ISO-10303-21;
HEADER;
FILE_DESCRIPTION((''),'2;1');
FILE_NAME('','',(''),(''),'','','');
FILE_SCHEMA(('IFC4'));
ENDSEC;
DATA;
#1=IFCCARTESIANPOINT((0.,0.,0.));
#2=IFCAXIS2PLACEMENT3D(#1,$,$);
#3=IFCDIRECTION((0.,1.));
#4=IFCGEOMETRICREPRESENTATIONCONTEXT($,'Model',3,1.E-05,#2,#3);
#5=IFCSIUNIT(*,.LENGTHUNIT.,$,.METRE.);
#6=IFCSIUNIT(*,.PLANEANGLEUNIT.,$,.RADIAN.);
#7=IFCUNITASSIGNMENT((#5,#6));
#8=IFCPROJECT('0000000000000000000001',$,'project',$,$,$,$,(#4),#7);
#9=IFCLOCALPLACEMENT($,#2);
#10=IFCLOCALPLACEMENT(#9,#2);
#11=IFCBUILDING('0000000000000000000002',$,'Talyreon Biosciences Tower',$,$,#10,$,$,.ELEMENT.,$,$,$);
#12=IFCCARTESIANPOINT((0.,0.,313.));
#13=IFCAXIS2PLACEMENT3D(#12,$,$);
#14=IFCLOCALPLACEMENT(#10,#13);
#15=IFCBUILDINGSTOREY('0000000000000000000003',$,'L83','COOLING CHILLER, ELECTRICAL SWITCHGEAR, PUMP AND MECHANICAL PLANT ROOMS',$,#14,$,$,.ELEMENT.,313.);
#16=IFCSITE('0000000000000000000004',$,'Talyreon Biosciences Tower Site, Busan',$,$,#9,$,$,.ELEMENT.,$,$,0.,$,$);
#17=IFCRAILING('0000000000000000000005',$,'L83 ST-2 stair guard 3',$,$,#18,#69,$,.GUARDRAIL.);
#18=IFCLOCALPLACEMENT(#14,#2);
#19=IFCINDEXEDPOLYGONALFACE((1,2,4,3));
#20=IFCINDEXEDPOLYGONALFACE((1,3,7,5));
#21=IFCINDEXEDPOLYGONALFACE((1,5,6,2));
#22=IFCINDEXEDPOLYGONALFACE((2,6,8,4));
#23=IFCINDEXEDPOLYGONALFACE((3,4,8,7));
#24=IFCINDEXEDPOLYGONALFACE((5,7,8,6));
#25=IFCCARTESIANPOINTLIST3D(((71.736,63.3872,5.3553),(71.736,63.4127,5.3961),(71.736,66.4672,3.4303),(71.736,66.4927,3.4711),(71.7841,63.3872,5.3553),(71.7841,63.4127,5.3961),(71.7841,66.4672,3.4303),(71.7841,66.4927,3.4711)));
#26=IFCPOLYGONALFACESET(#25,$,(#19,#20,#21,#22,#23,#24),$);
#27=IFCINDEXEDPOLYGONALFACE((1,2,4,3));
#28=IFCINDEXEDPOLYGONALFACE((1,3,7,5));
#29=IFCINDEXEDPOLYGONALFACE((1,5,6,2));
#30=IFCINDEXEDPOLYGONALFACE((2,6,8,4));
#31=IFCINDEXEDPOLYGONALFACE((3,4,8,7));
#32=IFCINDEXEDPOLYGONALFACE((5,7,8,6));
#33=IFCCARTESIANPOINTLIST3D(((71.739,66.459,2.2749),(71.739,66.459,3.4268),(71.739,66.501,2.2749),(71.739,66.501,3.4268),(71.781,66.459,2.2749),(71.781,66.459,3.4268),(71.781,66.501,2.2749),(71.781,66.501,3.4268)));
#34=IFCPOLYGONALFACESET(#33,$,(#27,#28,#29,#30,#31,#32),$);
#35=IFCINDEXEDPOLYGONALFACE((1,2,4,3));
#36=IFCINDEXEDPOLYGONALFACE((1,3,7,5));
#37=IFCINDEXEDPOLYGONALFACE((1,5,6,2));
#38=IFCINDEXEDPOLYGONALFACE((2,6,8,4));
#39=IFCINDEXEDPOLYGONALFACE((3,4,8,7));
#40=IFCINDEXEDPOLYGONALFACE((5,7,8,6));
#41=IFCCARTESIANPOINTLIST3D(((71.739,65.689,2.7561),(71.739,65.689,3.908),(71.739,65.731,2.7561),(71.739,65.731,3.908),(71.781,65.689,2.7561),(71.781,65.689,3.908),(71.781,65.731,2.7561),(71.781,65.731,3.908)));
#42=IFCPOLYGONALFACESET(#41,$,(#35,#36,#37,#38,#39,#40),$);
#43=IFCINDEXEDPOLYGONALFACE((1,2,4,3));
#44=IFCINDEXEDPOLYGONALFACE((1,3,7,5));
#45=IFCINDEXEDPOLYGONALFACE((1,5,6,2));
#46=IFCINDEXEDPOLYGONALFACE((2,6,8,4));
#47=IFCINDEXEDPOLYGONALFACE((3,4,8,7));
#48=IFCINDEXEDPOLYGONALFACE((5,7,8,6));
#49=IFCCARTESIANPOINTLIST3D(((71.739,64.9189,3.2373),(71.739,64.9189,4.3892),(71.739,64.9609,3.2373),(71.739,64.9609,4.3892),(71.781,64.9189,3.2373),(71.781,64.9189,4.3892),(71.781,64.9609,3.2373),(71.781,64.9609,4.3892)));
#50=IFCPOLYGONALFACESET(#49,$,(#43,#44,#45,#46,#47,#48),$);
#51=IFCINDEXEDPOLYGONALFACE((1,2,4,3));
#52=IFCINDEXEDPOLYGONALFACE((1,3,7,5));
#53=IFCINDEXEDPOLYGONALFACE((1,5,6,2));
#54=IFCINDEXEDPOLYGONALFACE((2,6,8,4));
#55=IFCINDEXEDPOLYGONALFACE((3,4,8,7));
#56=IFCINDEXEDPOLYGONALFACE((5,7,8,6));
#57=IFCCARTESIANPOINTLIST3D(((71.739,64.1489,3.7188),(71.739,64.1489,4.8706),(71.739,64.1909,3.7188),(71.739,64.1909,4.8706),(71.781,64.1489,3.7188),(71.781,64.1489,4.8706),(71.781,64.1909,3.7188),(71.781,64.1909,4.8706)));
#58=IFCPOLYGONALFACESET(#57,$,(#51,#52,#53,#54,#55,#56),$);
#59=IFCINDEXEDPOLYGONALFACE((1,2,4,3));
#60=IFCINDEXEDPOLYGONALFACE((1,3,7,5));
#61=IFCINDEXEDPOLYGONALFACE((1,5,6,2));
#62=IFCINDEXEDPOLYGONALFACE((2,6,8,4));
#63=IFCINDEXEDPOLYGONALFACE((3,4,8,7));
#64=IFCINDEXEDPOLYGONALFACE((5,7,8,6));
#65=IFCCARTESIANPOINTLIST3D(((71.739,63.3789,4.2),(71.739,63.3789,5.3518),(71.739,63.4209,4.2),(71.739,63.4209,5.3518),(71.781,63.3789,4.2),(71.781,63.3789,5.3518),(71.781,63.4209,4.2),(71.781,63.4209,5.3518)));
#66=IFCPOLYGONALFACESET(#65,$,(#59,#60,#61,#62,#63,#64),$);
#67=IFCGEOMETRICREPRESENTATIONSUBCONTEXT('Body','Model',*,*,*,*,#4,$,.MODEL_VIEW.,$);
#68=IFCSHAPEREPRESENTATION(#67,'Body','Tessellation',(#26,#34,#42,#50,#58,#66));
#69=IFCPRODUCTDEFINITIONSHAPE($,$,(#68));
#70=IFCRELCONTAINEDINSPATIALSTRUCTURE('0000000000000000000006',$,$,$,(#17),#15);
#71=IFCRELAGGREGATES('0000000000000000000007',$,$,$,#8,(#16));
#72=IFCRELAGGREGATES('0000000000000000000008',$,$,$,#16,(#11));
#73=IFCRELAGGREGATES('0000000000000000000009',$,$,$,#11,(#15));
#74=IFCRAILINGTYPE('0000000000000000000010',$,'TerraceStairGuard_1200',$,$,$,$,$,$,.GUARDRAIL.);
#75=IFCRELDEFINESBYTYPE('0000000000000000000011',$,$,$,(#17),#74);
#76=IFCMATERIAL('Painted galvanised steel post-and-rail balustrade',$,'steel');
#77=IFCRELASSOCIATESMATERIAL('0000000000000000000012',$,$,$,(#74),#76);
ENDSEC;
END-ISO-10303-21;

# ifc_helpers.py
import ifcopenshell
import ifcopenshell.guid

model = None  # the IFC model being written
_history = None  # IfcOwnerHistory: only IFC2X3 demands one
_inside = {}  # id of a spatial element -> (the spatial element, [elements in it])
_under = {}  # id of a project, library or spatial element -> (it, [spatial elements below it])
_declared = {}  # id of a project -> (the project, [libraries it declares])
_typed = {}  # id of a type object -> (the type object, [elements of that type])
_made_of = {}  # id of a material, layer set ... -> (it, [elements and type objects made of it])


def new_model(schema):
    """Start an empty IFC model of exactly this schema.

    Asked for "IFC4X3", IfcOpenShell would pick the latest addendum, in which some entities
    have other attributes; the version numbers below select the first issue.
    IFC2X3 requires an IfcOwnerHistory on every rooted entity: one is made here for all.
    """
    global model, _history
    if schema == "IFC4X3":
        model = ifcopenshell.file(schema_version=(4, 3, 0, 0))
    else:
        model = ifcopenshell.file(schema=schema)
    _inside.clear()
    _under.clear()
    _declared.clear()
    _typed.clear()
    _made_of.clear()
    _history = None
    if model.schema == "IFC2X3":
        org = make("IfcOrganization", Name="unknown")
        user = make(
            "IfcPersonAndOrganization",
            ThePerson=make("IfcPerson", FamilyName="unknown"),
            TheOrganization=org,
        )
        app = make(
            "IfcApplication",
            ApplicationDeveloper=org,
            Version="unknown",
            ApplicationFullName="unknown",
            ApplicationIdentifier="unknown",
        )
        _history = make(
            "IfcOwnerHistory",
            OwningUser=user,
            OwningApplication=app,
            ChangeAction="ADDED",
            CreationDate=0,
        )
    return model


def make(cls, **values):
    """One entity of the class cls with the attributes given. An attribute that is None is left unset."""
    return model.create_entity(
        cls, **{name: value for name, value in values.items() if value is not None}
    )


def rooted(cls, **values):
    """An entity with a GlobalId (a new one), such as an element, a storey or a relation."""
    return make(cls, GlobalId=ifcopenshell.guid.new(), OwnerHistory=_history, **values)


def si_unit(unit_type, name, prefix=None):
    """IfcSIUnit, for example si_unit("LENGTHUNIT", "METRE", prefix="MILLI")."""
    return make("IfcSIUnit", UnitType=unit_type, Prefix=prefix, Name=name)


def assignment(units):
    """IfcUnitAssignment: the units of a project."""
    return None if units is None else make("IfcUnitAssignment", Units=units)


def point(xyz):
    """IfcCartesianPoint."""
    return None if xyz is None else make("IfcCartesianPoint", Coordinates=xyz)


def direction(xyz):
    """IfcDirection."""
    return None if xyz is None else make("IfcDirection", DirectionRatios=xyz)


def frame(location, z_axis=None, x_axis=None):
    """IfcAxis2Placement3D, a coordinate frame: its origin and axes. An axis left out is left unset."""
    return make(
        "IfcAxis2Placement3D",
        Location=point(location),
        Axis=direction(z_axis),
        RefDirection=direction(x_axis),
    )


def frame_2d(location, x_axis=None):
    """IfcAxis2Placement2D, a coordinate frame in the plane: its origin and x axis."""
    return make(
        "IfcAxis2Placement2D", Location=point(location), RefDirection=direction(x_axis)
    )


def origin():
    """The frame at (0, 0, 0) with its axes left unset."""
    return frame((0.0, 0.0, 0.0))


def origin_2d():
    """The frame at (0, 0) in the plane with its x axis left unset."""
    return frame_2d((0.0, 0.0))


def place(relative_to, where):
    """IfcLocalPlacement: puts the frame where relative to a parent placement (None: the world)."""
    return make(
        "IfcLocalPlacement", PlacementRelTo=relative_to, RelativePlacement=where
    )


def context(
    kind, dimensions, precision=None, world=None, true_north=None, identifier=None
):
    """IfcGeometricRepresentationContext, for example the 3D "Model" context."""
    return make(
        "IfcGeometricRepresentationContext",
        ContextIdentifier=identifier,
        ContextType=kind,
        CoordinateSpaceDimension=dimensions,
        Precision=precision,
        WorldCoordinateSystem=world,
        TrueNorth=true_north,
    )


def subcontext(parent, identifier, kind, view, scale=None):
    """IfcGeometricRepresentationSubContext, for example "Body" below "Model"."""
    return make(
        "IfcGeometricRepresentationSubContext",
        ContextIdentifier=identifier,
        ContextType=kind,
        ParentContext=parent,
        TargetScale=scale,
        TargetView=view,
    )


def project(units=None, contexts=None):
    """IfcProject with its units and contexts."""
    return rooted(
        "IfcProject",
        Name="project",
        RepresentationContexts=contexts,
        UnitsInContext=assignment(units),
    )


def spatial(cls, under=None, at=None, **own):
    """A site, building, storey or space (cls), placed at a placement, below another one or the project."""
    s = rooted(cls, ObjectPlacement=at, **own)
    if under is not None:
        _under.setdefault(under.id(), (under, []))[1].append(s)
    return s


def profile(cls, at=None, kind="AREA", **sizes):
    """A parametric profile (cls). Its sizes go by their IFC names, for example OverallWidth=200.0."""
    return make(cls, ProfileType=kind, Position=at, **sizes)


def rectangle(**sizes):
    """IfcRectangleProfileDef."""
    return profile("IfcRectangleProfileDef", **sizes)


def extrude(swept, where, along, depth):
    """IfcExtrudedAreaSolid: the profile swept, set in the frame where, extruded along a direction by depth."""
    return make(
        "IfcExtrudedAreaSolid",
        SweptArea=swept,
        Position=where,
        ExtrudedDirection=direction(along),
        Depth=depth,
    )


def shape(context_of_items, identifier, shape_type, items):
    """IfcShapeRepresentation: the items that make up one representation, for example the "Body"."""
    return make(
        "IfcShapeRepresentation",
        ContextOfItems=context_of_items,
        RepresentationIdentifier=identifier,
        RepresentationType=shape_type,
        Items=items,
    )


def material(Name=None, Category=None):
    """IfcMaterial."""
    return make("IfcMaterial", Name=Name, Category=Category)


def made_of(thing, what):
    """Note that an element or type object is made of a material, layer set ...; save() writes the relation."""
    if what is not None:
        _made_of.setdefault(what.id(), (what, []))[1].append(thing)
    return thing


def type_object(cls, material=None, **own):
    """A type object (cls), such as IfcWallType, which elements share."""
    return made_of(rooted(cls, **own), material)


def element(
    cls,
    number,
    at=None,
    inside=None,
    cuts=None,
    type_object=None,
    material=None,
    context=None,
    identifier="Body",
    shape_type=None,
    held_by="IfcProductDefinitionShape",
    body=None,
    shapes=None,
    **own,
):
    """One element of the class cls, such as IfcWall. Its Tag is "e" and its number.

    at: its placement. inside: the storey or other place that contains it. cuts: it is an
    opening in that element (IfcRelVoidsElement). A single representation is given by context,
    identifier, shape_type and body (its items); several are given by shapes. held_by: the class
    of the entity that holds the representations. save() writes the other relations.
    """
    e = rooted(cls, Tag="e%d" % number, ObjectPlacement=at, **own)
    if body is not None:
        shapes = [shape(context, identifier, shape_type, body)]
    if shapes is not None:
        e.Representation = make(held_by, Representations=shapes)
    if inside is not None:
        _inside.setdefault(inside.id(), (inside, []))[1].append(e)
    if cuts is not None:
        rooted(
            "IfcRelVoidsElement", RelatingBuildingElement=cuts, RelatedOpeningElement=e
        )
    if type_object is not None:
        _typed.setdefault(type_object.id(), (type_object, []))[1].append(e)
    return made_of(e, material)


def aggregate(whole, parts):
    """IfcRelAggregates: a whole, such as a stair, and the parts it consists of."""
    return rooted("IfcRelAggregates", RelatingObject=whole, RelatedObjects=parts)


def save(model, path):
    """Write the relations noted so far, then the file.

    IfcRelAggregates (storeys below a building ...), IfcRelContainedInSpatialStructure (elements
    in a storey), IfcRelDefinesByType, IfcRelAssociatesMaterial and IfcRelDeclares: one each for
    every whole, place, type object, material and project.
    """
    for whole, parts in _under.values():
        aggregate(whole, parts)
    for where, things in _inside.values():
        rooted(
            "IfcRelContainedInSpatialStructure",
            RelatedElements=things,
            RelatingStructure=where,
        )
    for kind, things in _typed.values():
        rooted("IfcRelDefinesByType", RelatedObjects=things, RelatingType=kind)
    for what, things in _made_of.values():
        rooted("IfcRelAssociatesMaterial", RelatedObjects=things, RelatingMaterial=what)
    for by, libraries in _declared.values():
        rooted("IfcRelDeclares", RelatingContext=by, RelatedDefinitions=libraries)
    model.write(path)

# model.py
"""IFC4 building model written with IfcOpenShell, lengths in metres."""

from ifc_helpers import new_model, si_unit, direction, frame, origin, origin_2d, place, context, subcontext, project, spatial, rectangle, extrude, material, type_object, element, save


model = new_model("IFC4")

# Units and contexts
model_context = context("Model", 3, precision=1e-05, world=origin(), true_north=direction((0.0, 1.0)))
body_context = subcontext(model_context, "Body", "Model", "MODEL_VIEW")
ifc_project = project(units=[si_unit("LENGTHUNIT", "METRE"), si_unit("PLANEANGLEUNIT", "RADIAN")], contexts=[model_context])

# Site, building, storey
site_placement = place(None, origin())
site = spatial("IfcSite", under=ifc_project, at=site_placement, Name="Talyreon Biosciences Tower Site, Busan", CompositionType="ELEMENT", RefElevation=0.0)
building_placement = place(site_placement, origin())
building = spatial("IfcBuilding", under=site, at=building_placement, Name="Talyreon Biosciences Tower", CompositionType="ELEMENT")
storey_placement = place(building_placement, frame((0.0, 0.0, 313.0)))
storey = spatial("IfcBuildingStorey", under=building, at=storey_placement, Name="L83", Description="COOLING CHILLER, ELECTRICAL SWITCHGEAR, PUMP AND MECHANICAL PLANT ROOMS", CompositionType="ELEMENT", Elevation=313.0)

# Railing
ifc_material_1 = material(Name="Painted galvanised steel post-and-rail balustrade", Category="steel")
railing_type = type_object("IfcRailingType", Name="TerraceStairGuard_1200", PredefinedType="GUARDRAIL", material=ifc_material_1)
railing_1_placement = place(storey_placement, frame((71.76, 66.48, 2.2749)))
element("IfcRailing", 1, at=railing_1_placement, inside=storey, type_object=railing_type, Name="L83 ST-2 stair guard 3", PredefinedType="GUARDRAIL", context=body_context, shape_type="SweptSolid", body=[
    extrude(rectangle(XDim=0.0481, YDim=0.0481, at=origin_2d()), frame((0.0, 0.0, 1.1758), z_axis=(0.0, -0.847998, 0.529999), x_axis=(1.0, 0.0, 0.0)), (0.0, 0.0, 1.0), 3.6321),
    extrude(rectangle(XDim=0.042, YDim=0.042, at=origin_2d()), origin(), (0.0, 0.0, 1.0), 1.1519),
    extrude(rectangle(XDim=0.042, YDim=0.042, at=origin_2d()), frame((0.0, -0.77, 0.4812)), (0.0, 0.0, 1.0), 1.1519),
    extrude(rectangle(XDim=0.042, YDim=0.042, at=origin_2d()), frame((0.0, -1.54, 0.9624)), (0.0, 0.0, 1.0), 1.1519),
    extrude(rectangle(XDim=0.042, YDim=0.042, at=origin_2d()), frame((0.0, -2.3101, 1.4438)), (0.0, 0.0, 1.0), 1.1519),
    extrude(rectangle(XDim=0.042, YDim=0.042, at=origin_2d()), frame((0.0, -3.0801, 1.925)), (0.0, 0.0, 1.0), 1.1519),
])

save(model, "model.ifc")
